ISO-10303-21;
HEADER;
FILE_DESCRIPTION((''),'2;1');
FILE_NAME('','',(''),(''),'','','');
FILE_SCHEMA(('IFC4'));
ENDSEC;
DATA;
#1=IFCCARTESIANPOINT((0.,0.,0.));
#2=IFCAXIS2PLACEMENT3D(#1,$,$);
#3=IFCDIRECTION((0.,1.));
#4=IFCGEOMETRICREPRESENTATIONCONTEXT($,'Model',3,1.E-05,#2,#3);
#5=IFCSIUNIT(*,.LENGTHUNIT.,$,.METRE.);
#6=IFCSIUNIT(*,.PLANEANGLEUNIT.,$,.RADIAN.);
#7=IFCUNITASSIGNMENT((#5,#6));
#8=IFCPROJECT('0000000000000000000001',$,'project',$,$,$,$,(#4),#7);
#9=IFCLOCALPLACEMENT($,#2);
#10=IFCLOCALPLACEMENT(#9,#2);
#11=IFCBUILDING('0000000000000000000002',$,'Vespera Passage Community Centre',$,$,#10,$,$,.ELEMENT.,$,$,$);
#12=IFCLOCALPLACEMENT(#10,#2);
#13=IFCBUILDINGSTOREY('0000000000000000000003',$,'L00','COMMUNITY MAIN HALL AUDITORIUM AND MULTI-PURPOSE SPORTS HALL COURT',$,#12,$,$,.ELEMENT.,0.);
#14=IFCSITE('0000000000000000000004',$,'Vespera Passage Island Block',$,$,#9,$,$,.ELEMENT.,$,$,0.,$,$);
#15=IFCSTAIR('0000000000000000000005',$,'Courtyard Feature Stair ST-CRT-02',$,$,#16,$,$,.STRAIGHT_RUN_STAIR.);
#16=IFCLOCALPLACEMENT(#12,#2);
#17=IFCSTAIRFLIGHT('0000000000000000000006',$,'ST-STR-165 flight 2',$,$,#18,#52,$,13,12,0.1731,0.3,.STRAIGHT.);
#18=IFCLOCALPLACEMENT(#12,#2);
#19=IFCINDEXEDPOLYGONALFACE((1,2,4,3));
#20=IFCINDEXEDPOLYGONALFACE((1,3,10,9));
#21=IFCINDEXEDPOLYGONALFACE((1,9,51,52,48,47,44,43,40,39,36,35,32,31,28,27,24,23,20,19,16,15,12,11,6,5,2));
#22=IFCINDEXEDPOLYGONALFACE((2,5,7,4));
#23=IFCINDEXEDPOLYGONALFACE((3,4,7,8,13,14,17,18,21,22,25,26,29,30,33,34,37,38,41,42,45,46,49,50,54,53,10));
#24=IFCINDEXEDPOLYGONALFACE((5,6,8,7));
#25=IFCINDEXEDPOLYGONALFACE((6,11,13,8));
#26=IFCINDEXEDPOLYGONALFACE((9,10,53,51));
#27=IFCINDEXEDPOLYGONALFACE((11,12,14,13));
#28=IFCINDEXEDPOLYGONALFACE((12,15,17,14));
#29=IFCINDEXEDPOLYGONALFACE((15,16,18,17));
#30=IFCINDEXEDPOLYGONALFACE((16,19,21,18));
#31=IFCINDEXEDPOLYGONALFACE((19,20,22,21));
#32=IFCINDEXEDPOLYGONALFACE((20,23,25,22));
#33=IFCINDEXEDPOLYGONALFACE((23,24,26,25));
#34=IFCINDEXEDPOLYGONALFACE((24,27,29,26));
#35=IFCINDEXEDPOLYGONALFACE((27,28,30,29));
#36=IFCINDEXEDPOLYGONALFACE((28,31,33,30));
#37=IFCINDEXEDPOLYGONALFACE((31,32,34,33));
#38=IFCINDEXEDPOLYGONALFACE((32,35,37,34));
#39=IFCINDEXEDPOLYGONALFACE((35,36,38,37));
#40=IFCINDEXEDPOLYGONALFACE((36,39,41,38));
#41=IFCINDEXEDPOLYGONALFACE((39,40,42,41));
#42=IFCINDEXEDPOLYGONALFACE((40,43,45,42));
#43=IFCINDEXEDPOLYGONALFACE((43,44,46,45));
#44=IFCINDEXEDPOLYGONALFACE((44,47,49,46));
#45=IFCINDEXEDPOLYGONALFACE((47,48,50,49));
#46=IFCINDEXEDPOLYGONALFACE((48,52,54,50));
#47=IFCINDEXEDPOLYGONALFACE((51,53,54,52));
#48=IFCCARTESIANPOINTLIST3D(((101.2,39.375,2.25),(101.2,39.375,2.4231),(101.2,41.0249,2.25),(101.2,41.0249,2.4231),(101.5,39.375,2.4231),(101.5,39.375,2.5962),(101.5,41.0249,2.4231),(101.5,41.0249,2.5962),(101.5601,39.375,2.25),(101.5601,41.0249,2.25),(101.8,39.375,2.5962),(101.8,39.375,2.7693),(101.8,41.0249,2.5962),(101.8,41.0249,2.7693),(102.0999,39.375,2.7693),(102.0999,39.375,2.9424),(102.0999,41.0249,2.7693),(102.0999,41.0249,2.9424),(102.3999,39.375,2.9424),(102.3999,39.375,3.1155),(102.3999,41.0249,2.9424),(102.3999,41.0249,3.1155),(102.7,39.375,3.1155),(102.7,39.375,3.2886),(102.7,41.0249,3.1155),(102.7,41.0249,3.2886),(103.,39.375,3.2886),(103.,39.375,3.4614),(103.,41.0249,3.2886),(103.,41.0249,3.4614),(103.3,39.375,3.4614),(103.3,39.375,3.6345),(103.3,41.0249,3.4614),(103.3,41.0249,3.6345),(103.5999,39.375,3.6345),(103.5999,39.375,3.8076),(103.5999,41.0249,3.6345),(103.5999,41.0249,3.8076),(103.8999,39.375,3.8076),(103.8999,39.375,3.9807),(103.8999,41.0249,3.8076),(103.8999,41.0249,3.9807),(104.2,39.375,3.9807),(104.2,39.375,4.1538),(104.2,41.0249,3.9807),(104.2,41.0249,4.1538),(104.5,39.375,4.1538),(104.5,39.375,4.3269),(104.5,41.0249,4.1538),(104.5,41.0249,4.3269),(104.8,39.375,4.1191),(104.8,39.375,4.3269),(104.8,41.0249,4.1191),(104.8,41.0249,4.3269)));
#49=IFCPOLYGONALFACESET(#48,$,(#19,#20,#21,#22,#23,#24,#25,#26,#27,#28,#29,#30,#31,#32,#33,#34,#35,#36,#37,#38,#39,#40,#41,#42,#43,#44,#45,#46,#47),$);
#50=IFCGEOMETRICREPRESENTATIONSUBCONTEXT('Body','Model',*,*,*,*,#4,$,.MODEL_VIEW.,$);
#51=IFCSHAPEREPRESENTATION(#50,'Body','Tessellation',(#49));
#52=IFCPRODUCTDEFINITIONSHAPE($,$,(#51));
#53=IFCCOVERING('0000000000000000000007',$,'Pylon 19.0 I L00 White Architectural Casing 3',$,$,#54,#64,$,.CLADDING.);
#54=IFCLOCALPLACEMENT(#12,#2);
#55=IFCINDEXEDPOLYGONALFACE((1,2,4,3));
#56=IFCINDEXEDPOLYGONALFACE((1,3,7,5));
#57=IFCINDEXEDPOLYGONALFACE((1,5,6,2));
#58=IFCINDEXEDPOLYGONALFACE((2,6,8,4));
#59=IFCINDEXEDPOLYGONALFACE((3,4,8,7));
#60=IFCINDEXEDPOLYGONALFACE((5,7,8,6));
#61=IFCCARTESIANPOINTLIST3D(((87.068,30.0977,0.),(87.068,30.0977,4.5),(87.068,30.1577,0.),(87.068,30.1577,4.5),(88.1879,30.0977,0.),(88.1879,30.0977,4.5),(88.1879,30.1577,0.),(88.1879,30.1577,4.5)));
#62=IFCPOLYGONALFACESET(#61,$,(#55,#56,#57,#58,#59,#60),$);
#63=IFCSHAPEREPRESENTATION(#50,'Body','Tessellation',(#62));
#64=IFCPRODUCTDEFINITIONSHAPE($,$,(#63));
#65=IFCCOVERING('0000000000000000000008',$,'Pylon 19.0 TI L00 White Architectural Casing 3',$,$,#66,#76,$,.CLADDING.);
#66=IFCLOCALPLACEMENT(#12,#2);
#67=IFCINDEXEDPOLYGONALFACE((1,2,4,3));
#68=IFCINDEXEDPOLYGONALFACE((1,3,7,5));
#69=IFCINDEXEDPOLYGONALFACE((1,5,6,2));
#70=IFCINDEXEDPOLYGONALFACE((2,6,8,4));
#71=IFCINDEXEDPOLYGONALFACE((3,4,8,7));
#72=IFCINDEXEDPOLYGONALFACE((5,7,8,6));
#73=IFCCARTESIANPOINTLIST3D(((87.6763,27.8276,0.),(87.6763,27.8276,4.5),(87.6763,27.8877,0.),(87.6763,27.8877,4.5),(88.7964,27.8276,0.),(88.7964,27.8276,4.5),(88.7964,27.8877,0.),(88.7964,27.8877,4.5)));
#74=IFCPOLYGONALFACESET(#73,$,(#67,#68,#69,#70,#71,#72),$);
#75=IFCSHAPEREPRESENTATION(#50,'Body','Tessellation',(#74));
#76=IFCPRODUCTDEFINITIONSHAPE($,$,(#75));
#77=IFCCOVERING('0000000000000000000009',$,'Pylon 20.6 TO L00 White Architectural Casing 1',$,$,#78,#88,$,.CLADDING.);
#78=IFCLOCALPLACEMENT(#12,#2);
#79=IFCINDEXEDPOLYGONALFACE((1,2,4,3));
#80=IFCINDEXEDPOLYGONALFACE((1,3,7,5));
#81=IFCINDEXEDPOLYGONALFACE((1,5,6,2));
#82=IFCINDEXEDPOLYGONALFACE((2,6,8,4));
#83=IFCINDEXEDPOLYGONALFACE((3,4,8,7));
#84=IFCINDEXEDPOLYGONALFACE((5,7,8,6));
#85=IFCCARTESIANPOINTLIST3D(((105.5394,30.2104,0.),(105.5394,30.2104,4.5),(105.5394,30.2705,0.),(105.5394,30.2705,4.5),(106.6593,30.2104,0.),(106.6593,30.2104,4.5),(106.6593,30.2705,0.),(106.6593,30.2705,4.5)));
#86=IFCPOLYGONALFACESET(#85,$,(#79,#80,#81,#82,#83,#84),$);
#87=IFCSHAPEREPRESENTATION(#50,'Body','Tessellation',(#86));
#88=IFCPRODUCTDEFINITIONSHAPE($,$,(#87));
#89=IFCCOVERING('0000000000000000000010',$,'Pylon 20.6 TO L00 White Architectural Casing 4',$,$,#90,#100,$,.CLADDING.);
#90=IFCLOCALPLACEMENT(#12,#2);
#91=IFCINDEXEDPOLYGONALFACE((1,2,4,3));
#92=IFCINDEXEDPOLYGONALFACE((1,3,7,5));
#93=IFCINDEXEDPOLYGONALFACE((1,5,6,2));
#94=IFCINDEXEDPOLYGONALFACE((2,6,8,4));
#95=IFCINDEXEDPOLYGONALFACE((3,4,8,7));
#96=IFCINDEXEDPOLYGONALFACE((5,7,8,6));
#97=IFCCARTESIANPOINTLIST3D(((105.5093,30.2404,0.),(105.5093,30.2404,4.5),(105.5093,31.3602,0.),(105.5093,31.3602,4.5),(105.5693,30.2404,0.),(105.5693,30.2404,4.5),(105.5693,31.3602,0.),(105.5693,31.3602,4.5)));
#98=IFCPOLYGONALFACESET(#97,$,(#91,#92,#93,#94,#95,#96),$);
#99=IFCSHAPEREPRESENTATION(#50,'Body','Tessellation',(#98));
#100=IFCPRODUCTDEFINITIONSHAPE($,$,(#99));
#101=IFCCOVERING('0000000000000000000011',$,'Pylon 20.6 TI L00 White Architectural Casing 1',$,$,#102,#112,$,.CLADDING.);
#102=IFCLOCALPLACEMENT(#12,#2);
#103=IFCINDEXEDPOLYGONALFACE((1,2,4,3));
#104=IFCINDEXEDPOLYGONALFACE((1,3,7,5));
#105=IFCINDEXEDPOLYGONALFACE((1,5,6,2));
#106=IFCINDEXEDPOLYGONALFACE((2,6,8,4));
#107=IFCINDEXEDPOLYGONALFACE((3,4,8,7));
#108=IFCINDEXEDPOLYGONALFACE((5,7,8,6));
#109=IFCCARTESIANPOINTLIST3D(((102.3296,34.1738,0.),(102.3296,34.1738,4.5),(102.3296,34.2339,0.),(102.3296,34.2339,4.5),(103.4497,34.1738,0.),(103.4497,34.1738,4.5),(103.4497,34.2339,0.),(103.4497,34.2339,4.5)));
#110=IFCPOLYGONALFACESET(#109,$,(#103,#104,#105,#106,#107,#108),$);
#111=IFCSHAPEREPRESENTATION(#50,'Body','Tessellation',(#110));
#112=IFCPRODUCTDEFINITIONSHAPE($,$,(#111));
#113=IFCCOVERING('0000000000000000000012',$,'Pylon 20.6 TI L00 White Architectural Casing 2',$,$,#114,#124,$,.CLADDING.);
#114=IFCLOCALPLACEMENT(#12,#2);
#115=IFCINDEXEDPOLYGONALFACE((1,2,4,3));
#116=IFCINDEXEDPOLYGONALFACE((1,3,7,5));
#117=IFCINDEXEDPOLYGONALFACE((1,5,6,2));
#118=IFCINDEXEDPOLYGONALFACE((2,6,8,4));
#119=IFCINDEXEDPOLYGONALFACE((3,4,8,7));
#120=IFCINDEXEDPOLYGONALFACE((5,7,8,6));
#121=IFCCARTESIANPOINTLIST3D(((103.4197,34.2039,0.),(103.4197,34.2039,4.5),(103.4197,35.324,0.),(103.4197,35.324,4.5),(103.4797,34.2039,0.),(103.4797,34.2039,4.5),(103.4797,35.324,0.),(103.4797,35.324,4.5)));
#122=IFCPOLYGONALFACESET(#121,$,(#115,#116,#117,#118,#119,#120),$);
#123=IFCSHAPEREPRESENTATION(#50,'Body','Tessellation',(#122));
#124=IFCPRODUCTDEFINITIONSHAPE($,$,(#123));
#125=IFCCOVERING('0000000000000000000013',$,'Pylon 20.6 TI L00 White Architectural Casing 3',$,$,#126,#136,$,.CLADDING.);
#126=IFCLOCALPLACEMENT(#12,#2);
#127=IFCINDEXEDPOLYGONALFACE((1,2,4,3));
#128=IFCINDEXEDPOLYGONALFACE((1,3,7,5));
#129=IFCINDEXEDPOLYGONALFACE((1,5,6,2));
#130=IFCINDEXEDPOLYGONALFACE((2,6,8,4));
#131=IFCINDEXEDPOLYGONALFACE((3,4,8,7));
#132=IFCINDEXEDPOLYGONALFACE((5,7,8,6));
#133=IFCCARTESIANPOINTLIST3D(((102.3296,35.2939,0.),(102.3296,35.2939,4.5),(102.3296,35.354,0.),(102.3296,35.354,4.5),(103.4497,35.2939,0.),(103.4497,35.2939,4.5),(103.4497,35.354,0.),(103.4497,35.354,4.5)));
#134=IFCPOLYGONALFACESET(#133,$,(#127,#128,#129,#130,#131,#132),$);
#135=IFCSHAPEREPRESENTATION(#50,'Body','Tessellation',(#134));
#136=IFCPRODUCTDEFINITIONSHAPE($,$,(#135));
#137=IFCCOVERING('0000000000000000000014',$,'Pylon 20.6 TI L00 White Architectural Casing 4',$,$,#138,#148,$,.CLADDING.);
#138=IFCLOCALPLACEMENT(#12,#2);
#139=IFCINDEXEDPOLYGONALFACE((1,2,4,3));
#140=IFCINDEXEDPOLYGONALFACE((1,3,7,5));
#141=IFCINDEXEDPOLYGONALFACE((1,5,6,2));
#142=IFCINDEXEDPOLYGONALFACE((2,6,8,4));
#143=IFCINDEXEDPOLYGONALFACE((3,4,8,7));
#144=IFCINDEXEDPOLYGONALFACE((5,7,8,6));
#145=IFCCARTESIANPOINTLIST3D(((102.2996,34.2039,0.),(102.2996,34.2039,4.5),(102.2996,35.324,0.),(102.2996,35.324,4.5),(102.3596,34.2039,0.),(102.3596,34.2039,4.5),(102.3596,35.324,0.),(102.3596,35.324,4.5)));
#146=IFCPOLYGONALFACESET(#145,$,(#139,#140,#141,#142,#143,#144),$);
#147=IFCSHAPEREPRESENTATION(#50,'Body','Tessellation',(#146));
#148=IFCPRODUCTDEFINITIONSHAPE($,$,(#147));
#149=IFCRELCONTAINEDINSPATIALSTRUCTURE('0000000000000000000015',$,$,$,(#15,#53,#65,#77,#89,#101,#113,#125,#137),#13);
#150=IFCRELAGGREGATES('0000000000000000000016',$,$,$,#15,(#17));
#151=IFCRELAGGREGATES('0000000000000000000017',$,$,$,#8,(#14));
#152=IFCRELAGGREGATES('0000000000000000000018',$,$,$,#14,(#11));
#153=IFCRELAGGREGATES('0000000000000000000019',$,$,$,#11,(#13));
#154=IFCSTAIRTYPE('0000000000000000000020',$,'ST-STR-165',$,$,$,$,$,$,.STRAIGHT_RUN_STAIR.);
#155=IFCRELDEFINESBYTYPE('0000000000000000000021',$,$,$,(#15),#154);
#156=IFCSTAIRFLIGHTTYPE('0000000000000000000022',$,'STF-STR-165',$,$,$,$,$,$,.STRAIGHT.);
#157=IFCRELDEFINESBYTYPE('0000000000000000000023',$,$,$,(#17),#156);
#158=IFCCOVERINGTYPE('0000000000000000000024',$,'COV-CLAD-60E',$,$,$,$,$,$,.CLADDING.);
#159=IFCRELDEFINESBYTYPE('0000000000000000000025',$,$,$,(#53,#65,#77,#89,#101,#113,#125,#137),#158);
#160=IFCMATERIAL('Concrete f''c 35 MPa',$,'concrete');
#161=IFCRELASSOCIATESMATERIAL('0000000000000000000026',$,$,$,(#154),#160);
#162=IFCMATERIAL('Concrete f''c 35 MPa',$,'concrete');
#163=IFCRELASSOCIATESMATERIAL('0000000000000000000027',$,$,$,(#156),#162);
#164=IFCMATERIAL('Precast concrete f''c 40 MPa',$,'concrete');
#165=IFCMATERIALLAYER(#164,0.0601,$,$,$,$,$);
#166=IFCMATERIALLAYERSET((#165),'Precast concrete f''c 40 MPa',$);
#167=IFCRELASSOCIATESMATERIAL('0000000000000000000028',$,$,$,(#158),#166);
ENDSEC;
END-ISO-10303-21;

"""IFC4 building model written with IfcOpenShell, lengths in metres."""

from ifc_helpers import new_model, si_unit, direction, frame, frame_2d, origin, place, context, subcontext, project, spatial, polyline, rectangle, outline, extrude, material, layer, layer_set, type_object, element, aggregate, save


model = new_model("IFC4")

# Units and contexts
model_context = context("Model", 3, precision=1e-05, world=origin(), true_north=direction((0.0, 1.0)))
body_context = subcontext(model_context, "Body", "Model", "MODEL_VIEW")
ifc_project = project(units=[si_unit("LENGTHUNIT", "METRE"), si_unit("PLANEANGLEUNIT", "RADIAN")], contexts=[model_context])

# Site, building, storey
site_placement = place(None, origin())
site = spatial("IfcSite", under=ifc_project, at=site_placement, Name="Vespera Passage Island Block", CompositionType="ELEMENT", RefElevation=0.0)
building_placement = place(site_placement, origin())
building = spatial("IfcBuilding", under=site, at=building_placement, Name="Vespera Passage Community Centre", CompositionType="ELEMENT")
storey_placement = place(building_placement, origin())
storey = spatial("IfcBuildingStorey", under=building, at=storey_placement, Name="L00", Description="COMMUNITY MAIN HALL AUDITORIUM AND MULTI-PURPOSE SPORTS HALL COURT", CompositionType="ELEMENT", Elevation=0.0)

# Stair, stair flight
ifc_material_1 = material(Name="Concrete f'c 35 MPa", Category="concrete")
stair_type = type_object("IfcStairType", Name="ST-STR-165", PredefinedType="STRAIGHT_RUN_STAIR", material=ifc_material_1)
stair_placement = place(storey_placement, origin())
stair = element("IfcStair", 1, at=stair_placement, inside=storey, type_object=stair_type, Name="Courtyard Feature Stair ST-CRT-02", PredefinedType="STRAIGHT_RUN_STAIR")
ifc_material_2 = material(Name="Concrete f'c 35 MPa", Category="concrete")
stair_flight_type = type_object("IfcStairFlightType", Name="STF-STR-165", PredefinedType="STRAIGHT", material=ifc_material_2)
stair_flight_1_placement = place(storey_placement, frame((101.2, 40.2, 2.25), z_axis=(0.0, 0.0, 1.0), x_axis=(1.0, 0.0, 0.0)))
stair_flight_1 = element("IfcStairFlight", 2, at=stair_flight_1_placement, type_object=stair_flight_type, Name="ST-STR-165 flight 2", NumberOfRisers=13, NumberOfTreads=12, PredefinedType="STRAIGHT", RiserHeight=0.1731, TreadLength=0.3, context=body_context, shape_type="SweptSolid", body=[
    extrude(outline(polyline([(0.0, 0.0), (0.0, 0.1731), (0.3, 0.1731), (0.3, 0.3462), (0.6001, 0.3462), (0.6001, 0.5193), (0.8999, 0.5193), (0.8999, 0.6924), (1.2, 0.6924), (1.2, 0.8655), (1.5, 0.8655), (1.5, 1.0386), (1.8, 1.0386), (1.8, 1.2114), (2.1001, 1.2114), (2.1001, 1.3845), (2.3999, 1.3845), (2.3999, 1.5576), (2.7, 1.5576), (2.7, 1.7307), (3.0, 1.7307), (3.0, 1.9038), (3.3, 1.9038), (3.3, 2.0769), (3.6001, 2.0769), (3.6001, 2.25), (3.6001, 1.8691), (0.3601, 0.0), (0.0, 0.0)])), frame((0.0, 0.825, 0.0), z_axis=(0.0, -1.0, 0.0), x_axis=(1.0, 0.0, 0.0)), (0.0, 0.0, 1.0), 1.6499),
])
aggregate(stair, [stair_flight_1])

# Coverings
ifc_material_3 = material(Name="Precast concrete f'c 40 MPa", Category="concrete")
ifc_layer = layer(ifc_material_3, 0.0601)
ifc_layer_set = layer_set([ifc_layer], Name="Precast concrete f'c 40 MPa")
covering_type = type_object("IfcCoveringType", Name="COV-CLAD-60E", PredefinedType="CLADDING", material=ifc_layer_set)
covering_1_placement = place(storey_placement, frame((88.188, 30.1277, 0.0), z_axis=(0.0, 0.0, 1.0), x_axis=(-1.0, 0.0, 0.0)))
element("IfcCovering", 3, at=covering_1_placement, inside=storey, type_object=covering_type, Name="Pylon 19.0 I L00 White Architectural Casing 3", PredefinedType="CLADDING", context=body_context, shape_type="SweptSolid", body=[
    extrude(rectangle(XDim=1.1199, YDim=0.0601, at=frame_2d((0.5601, 0.0))), origin(), (0.0, 0.0, 1.0), 4.5),
])
covering_2_placement = place(storey_placement, frame((88.7964, 27.8577, 0.0), z_axis=(0.0, 0.0, 1.0), x_axis=(-1.0, 0.0, 0.0)))
element("IfcCovering", 4, at=covering_2_placement, inside=storey, type_object=covering_type, Name="Pylon 19.0 TI L00 White Architectural Casing 3", PredefinedType="CLADDING", context=body_context, shape_type="SweptSolid", body=[
    extrude(rectangle(XDim=1.1201, YDim=0.0601, at=frame_2d((0.5601, 0.0))), origin(), (0.0, 0.0, 1.0), 4.5),
])
for number, where, z_axis, x_axis, name in (
    (5, (105.5393, 30.2405, 0.0), (0.0, 0.0, 1.0), (1.0, 0.0, 0.0), "Pylon 20.6 TO L00 White Architectural Casing 1"),
    (6, (105.5393, 31.3604, 0.0), (0.0, 0.0, 1.0), (0.0, -1.0, 0.0), "Pylon 20.6 TO L00 White Architectural Casing 4"),
):
    element("IfcCovering", number, at=place(storey_placement, frame(where, z_axis=z_axis, x_axis=x_axis)), inside=storey, type_object=covering_type, Name=name, PredefinedType="CLADDING", context=body_context, shape_type="SweptSolid", body=[
        extrude(rectangle(XDim=1.1199, YDim=0.0601, at=frame_2d((0.5601, 0.0))), origin(), (0.0, 0.0, 1.0), 4.5),
    ])
for number, where, z_axis, x_axis, name in (
    (7, (102.3296, 34.2039, 0.0), (0.0, 0.0, 1.0), (1.0, 0.0, 0.0), "Pylon 20.6 TI L00 White Architectural Casing 1"),
    (8, (103.4497, 34.2039, 0.0), (0.0, 0.0, 1.0), (0.0, 1.0, 0.0), "Pylon 20.6 TI L00 White Architectural Casing 2"),
    (9, (103.4497, 35.324, 0.0), (0.0, 0.0, 1.0), (-1.0, 0.0, 0.0), "Pylon 20.6 TI L00 White Architectural Casing 3"),
    (10, (102.3296, 35.324, 0.0), (0.0, 0.0, 1.0), (0.0, -1.0, 0.0), "Pylon 20.6 TI L00 White Architectural Casing 4"),
):
    element("IfcCovering", number, at=place(storey_placement, frame(where, z_axis=z_axis, x_axis=x_axis)), inside=storey, type_object=covering_type, Name=name, PredefinedType="CLADDING", context=body_context, shape_type="SweptSolid", body=[
        extrude(rectangle(XDim=1.1201, YDim=0.0601, at=frame_2d((0.5601, 0.0))), origin(), (0.0, 0.0, 1.0), 4.5),
    ])

save(model, "model.ifc")
